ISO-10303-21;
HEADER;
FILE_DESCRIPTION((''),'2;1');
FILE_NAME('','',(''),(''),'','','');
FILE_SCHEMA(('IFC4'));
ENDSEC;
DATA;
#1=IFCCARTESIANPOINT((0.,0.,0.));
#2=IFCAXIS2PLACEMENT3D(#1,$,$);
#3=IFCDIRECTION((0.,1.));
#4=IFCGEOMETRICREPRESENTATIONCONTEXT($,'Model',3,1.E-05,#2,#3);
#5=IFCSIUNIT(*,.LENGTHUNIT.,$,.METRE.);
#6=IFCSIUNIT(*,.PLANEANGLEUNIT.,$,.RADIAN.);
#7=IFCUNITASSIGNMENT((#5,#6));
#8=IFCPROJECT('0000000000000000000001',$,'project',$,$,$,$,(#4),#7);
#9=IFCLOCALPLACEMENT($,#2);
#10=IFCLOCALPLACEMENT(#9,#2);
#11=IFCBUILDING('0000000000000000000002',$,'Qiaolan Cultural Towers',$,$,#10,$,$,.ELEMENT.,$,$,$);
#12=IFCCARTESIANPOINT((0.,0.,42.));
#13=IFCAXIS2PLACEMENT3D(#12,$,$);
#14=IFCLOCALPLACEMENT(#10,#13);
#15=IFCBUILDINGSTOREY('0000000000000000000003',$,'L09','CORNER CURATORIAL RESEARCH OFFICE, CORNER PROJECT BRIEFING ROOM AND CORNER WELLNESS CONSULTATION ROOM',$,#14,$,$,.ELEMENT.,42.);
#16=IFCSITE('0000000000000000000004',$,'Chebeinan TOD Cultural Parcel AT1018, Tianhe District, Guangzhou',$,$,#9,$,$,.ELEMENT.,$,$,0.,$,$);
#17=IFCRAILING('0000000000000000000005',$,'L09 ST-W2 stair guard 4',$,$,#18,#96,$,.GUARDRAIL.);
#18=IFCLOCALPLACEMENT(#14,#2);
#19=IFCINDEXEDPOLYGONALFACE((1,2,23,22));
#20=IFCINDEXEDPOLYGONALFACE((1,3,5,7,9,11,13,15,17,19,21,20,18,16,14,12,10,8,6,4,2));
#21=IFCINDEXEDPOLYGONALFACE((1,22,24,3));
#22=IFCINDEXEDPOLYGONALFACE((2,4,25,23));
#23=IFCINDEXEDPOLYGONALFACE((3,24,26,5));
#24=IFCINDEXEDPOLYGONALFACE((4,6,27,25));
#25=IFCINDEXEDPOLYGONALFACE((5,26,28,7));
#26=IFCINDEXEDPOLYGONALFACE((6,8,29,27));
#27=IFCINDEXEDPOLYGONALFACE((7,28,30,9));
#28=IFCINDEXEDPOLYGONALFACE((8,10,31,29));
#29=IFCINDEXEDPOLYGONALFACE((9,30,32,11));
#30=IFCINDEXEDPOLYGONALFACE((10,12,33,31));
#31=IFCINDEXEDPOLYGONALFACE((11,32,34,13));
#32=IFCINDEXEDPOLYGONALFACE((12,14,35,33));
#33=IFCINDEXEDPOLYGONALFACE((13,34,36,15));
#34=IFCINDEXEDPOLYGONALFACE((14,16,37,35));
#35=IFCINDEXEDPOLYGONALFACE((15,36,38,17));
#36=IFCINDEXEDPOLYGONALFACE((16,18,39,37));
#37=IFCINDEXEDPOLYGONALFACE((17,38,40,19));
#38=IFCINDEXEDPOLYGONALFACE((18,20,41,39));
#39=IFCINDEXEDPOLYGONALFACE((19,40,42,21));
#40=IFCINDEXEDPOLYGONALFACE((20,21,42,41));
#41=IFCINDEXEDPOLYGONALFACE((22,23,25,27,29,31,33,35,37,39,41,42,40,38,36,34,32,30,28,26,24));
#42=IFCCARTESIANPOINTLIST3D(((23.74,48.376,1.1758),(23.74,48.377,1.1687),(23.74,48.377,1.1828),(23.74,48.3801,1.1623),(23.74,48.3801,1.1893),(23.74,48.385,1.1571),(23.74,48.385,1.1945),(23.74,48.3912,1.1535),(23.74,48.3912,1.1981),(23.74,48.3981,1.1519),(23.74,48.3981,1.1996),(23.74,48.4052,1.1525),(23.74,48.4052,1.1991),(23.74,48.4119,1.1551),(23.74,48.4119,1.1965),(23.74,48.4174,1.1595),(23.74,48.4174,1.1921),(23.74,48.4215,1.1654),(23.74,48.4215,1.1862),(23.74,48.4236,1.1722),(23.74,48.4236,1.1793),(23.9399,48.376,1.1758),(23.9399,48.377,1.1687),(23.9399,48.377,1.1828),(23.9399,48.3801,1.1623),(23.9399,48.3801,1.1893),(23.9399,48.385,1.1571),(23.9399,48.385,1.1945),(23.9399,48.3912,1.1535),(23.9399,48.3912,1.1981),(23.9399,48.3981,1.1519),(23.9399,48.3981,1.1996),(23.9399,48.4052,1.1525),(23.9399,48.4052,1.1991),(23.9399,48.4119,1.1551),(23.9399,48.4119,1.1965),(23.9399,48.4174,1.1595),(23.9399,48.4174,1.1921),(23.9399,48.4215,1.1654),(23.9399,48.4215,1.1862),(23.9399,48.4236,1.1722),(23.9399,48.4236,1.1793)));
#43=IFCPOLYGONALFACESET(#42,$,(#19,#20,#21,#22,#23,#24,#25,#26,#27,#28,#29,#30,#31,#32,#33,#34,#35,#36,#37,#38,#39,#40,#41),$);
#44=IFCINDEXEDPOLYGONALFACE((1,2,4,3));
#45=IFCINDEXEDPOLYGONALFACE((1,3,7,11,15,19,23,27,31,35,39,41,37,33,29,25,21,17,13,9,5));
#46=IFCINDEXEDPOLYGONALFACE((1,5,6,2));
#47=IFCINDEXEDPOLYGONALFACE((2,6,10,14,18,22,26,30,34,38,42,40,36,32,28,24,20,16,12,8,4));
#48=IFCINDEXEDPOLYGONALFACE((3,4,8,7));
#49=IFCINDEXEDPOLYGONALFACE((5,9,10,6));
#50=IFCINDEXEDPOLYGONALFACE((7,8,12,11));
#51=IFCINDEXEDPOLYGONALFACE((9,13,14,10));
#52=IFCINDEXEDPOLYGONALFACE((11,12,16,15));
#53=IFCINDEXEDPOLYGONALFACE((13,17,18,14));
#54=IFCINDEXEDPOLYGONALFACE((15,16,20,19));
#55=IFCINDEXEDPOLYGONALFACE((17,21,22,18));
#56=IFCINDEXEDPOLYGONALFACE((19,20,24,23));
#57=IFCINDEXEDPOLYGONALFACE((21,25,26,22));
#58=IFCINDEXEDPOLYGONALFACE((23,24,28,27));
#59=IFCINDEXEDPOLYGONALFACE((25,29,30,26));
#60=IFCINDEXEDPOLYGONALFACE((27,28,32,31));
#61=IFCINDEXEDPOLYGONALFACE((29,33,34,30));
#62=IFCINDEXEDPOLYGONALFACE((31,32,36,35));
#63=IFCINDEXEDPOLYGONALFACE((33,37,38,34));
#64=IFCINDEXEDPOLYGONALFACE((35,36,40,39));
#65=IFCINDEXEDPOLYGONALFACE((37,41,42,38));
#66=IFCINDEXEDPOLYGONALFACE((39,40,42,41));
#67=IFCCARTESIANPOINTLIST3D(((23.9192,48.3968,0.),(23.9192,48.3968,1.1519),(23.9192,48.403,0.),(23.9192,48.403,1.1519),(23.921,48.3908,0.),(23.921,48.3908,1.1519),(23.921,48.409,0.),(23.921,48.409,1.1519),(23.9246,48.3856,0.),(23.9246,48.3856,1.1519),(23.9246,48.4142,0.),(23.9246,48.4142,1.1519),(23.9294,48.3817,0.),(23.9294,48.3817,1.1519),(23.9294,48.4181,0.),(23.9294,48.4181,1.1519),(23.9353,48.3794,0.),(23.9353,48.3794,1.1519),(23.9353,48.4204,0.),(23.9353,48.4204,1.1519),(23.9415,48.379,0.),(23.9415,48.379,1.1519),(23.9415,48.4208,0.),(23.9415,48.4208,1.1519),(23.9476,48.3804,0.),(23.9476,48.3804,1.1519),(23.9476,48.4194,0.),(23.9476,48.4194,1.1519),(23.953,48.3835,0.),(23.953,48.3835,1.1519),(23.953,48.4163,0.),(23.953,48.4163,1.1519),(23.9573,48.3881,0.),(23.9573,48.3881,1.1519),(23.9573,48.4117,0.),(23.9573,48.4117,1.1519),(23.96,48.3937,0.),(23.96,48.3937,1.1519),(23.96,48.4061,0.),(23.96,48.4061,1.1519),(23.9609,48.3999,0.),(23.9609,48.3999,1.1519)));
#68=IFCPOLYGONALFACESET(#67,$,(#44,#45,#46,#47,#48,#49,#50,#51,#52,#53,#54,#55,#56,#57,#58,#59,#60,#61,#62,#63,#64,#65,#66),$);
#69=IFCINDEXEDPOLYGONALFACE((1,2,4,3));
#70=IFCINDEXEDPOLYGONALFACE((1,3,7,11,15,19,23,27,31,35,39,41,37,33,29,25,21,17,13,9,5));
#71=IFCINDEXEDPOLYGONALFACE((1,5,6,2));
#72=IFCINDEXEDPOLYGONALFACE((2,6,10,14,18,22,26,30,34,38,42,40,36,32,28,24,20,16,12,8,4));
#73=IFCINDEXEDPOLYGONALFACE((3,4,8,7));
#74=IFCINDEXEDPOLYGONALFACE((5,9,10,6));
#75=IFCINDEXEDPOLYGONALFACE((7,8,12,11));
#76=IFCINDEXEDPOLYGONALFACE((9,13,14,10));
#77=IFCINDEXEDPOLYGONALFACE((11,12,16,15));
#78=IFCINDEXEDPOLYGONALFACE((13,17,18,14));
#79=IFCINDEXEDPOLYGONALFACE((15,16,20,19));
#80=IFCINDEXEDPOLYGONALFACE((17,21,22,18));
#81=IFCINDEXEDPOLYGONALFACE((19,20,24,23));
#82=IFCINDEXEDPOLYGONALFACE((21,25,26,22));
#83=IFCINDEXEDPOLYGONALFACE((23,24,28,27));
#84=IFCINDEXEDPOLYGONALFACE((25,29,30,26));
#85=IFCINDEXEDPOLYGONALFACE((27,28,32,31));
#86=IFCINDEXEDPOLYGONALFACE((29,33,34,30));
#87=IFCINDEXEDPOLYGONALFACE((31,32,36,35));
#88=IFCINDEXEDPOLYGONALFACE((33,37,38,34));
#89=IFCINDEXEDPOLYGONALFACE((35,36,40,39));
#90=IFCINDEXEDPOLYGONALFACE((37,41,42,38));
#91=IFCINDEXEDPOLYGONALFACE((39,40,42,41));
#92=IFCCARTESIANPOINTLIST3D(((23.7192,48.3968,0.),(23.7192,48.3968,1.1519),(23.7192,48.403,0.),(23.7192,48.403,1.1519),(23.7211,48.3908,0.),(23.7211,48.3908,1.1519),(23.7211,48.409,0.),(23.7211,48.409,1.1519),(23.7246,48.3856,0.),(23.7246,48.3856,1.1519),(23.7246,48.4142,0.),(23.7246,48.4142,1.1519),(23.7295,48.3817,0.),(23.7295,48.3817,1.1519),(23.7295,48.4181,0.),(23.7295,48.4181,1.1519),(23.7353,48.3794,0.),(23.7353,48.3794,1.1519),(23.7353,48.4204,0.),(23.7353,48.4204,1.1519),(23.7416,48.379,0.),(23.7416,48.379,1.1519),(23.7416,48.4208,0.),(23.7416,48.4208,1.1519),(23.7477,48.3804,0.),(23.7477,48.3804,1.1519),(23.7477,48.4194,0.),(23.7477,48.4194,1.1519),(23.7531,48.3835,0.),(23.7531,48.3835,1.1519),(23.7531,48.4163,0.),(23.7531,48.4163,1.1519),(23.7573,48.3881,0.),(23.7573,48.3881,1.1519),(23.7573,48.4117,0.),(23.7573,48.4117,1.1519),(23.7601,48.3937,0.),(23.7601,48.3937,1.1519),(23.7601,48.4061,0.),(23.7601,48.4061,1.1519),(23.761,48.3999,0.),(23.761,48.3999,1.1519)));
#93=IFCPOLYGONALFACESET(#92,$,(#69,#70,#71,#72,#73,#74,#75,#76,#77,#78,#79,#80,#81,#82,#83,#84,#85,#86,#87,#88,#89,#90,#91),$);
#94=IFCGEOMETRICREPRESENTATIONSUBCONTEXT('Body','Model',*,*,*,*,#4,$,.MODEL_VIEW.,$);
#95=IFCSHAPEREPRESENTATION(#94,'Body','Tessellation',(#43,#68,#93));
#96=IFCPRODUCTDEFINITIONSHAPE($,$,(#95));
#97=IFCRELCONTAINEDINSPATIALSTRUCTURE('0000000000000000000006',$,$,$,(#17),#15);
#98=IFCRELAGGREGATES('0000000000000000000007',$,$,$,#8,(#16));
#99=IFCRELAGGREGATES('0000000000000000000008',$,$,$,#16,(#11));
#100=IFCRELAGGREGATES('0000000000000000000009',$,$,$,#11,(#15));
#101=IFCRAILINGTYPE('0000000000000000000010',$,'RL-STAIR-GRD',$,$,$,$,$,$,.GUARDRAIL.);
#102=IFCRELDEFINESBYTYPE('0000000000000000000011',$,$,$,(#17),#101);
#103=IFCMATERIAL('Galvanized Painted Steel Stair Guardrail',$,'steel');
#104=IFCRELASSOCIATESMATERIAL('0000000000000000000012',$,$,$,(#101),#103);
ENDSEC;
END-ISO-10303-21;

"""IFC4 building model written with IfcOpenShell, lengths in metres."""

from ifc_helpers import new_model, si_unit, direction, frame, origin, origin_2d, place, context, subcontext, project, spatial, circle, extrude, material, type_object, element, save


model = new_model("IFC4")

# Units and contexts
model_context = context("Model", 3, precision=1e-05, world=origin(), true_north=direction((0.0, 1.0)))
body_context = subcontext(model_context, "Body", "Model", "MODEL_VIEW")
ifc_project = project(units=[si_unit("LENGTHUNIT", "METRE"), si_unit("PLANEANGLEUNIT", "RADIAN")], contexts=[model_context])

# Site, building, storey
site_placement = place(None, origin())
site = spatial("IfcSite", under=ifc_project, at=site_placement, Name="Chebeinan TOD Cultural Parcel AT1018, Tianhe District, Guangzhou", CompositionType="ELEMENT", RefElevation=0.0)
building_placement = place(site_placement, origin())
building = spatial("IfcBuilding", under=site, at=building_placement, Name="Qiaolan Cultural Towers", CompositionType="ELEMENT")
storey_placement = place(building_placement, frame((0.0, 0.0, 42.0)))
storey = spatial("IfcBuildingStorey", under=building, at=storey_placement, Name="L09", Description="CORNER CURATORIAL RESEARCH OFFICE, CORNER PROJECT BRIEFING ROOM AND CORNER WELLNESS CONSULTATION ROOM", CompositionType="ELEMENT", Elevation=42.0)

# Railing
ifc_material_1 = material(Name="Galvanized Painted Steel Stair Guardrail", Category="steel")
railing_type_1 = type_object("IfcRailingType", Name="RL-STAIR-GRD", PredefinedType="GUARDRAIL", material=ifc_material_1)
railing_1_placement = place(storey_placement, frame((23.9399, 48.3999, 0.0)))
element("IfcRailing", 1, at=railing_1_placement, inside=storey, type_object=railing_type_1, Name="L09 ST-W2 stair guard 4", PredefinedType="GUARDRAIL", context=body_context, shape_type="SweptSolid", body=[
    extrude(circle(Radius=0.0239, at=origin_2d()), frame((0.0, 0.0, 1.1758), z_axis=(-1.0, 0.0, 0.0), x_axis=(0.0, -1.0, 0.0)), (0.0, 0.0, 1.0), 0.2),
    extrude(circle(Radius=0.021, at=origin_2d()), origin(), (0.0, 0.0, 1.0), 1.1519),
    extrude(circle(Radius=0.021, at=origin_2d()), frame((-0.2, 0.0, 0.0)), (0.0, 0.0, 1.0), 1.1519),
])

save(model, "model.ifc")
